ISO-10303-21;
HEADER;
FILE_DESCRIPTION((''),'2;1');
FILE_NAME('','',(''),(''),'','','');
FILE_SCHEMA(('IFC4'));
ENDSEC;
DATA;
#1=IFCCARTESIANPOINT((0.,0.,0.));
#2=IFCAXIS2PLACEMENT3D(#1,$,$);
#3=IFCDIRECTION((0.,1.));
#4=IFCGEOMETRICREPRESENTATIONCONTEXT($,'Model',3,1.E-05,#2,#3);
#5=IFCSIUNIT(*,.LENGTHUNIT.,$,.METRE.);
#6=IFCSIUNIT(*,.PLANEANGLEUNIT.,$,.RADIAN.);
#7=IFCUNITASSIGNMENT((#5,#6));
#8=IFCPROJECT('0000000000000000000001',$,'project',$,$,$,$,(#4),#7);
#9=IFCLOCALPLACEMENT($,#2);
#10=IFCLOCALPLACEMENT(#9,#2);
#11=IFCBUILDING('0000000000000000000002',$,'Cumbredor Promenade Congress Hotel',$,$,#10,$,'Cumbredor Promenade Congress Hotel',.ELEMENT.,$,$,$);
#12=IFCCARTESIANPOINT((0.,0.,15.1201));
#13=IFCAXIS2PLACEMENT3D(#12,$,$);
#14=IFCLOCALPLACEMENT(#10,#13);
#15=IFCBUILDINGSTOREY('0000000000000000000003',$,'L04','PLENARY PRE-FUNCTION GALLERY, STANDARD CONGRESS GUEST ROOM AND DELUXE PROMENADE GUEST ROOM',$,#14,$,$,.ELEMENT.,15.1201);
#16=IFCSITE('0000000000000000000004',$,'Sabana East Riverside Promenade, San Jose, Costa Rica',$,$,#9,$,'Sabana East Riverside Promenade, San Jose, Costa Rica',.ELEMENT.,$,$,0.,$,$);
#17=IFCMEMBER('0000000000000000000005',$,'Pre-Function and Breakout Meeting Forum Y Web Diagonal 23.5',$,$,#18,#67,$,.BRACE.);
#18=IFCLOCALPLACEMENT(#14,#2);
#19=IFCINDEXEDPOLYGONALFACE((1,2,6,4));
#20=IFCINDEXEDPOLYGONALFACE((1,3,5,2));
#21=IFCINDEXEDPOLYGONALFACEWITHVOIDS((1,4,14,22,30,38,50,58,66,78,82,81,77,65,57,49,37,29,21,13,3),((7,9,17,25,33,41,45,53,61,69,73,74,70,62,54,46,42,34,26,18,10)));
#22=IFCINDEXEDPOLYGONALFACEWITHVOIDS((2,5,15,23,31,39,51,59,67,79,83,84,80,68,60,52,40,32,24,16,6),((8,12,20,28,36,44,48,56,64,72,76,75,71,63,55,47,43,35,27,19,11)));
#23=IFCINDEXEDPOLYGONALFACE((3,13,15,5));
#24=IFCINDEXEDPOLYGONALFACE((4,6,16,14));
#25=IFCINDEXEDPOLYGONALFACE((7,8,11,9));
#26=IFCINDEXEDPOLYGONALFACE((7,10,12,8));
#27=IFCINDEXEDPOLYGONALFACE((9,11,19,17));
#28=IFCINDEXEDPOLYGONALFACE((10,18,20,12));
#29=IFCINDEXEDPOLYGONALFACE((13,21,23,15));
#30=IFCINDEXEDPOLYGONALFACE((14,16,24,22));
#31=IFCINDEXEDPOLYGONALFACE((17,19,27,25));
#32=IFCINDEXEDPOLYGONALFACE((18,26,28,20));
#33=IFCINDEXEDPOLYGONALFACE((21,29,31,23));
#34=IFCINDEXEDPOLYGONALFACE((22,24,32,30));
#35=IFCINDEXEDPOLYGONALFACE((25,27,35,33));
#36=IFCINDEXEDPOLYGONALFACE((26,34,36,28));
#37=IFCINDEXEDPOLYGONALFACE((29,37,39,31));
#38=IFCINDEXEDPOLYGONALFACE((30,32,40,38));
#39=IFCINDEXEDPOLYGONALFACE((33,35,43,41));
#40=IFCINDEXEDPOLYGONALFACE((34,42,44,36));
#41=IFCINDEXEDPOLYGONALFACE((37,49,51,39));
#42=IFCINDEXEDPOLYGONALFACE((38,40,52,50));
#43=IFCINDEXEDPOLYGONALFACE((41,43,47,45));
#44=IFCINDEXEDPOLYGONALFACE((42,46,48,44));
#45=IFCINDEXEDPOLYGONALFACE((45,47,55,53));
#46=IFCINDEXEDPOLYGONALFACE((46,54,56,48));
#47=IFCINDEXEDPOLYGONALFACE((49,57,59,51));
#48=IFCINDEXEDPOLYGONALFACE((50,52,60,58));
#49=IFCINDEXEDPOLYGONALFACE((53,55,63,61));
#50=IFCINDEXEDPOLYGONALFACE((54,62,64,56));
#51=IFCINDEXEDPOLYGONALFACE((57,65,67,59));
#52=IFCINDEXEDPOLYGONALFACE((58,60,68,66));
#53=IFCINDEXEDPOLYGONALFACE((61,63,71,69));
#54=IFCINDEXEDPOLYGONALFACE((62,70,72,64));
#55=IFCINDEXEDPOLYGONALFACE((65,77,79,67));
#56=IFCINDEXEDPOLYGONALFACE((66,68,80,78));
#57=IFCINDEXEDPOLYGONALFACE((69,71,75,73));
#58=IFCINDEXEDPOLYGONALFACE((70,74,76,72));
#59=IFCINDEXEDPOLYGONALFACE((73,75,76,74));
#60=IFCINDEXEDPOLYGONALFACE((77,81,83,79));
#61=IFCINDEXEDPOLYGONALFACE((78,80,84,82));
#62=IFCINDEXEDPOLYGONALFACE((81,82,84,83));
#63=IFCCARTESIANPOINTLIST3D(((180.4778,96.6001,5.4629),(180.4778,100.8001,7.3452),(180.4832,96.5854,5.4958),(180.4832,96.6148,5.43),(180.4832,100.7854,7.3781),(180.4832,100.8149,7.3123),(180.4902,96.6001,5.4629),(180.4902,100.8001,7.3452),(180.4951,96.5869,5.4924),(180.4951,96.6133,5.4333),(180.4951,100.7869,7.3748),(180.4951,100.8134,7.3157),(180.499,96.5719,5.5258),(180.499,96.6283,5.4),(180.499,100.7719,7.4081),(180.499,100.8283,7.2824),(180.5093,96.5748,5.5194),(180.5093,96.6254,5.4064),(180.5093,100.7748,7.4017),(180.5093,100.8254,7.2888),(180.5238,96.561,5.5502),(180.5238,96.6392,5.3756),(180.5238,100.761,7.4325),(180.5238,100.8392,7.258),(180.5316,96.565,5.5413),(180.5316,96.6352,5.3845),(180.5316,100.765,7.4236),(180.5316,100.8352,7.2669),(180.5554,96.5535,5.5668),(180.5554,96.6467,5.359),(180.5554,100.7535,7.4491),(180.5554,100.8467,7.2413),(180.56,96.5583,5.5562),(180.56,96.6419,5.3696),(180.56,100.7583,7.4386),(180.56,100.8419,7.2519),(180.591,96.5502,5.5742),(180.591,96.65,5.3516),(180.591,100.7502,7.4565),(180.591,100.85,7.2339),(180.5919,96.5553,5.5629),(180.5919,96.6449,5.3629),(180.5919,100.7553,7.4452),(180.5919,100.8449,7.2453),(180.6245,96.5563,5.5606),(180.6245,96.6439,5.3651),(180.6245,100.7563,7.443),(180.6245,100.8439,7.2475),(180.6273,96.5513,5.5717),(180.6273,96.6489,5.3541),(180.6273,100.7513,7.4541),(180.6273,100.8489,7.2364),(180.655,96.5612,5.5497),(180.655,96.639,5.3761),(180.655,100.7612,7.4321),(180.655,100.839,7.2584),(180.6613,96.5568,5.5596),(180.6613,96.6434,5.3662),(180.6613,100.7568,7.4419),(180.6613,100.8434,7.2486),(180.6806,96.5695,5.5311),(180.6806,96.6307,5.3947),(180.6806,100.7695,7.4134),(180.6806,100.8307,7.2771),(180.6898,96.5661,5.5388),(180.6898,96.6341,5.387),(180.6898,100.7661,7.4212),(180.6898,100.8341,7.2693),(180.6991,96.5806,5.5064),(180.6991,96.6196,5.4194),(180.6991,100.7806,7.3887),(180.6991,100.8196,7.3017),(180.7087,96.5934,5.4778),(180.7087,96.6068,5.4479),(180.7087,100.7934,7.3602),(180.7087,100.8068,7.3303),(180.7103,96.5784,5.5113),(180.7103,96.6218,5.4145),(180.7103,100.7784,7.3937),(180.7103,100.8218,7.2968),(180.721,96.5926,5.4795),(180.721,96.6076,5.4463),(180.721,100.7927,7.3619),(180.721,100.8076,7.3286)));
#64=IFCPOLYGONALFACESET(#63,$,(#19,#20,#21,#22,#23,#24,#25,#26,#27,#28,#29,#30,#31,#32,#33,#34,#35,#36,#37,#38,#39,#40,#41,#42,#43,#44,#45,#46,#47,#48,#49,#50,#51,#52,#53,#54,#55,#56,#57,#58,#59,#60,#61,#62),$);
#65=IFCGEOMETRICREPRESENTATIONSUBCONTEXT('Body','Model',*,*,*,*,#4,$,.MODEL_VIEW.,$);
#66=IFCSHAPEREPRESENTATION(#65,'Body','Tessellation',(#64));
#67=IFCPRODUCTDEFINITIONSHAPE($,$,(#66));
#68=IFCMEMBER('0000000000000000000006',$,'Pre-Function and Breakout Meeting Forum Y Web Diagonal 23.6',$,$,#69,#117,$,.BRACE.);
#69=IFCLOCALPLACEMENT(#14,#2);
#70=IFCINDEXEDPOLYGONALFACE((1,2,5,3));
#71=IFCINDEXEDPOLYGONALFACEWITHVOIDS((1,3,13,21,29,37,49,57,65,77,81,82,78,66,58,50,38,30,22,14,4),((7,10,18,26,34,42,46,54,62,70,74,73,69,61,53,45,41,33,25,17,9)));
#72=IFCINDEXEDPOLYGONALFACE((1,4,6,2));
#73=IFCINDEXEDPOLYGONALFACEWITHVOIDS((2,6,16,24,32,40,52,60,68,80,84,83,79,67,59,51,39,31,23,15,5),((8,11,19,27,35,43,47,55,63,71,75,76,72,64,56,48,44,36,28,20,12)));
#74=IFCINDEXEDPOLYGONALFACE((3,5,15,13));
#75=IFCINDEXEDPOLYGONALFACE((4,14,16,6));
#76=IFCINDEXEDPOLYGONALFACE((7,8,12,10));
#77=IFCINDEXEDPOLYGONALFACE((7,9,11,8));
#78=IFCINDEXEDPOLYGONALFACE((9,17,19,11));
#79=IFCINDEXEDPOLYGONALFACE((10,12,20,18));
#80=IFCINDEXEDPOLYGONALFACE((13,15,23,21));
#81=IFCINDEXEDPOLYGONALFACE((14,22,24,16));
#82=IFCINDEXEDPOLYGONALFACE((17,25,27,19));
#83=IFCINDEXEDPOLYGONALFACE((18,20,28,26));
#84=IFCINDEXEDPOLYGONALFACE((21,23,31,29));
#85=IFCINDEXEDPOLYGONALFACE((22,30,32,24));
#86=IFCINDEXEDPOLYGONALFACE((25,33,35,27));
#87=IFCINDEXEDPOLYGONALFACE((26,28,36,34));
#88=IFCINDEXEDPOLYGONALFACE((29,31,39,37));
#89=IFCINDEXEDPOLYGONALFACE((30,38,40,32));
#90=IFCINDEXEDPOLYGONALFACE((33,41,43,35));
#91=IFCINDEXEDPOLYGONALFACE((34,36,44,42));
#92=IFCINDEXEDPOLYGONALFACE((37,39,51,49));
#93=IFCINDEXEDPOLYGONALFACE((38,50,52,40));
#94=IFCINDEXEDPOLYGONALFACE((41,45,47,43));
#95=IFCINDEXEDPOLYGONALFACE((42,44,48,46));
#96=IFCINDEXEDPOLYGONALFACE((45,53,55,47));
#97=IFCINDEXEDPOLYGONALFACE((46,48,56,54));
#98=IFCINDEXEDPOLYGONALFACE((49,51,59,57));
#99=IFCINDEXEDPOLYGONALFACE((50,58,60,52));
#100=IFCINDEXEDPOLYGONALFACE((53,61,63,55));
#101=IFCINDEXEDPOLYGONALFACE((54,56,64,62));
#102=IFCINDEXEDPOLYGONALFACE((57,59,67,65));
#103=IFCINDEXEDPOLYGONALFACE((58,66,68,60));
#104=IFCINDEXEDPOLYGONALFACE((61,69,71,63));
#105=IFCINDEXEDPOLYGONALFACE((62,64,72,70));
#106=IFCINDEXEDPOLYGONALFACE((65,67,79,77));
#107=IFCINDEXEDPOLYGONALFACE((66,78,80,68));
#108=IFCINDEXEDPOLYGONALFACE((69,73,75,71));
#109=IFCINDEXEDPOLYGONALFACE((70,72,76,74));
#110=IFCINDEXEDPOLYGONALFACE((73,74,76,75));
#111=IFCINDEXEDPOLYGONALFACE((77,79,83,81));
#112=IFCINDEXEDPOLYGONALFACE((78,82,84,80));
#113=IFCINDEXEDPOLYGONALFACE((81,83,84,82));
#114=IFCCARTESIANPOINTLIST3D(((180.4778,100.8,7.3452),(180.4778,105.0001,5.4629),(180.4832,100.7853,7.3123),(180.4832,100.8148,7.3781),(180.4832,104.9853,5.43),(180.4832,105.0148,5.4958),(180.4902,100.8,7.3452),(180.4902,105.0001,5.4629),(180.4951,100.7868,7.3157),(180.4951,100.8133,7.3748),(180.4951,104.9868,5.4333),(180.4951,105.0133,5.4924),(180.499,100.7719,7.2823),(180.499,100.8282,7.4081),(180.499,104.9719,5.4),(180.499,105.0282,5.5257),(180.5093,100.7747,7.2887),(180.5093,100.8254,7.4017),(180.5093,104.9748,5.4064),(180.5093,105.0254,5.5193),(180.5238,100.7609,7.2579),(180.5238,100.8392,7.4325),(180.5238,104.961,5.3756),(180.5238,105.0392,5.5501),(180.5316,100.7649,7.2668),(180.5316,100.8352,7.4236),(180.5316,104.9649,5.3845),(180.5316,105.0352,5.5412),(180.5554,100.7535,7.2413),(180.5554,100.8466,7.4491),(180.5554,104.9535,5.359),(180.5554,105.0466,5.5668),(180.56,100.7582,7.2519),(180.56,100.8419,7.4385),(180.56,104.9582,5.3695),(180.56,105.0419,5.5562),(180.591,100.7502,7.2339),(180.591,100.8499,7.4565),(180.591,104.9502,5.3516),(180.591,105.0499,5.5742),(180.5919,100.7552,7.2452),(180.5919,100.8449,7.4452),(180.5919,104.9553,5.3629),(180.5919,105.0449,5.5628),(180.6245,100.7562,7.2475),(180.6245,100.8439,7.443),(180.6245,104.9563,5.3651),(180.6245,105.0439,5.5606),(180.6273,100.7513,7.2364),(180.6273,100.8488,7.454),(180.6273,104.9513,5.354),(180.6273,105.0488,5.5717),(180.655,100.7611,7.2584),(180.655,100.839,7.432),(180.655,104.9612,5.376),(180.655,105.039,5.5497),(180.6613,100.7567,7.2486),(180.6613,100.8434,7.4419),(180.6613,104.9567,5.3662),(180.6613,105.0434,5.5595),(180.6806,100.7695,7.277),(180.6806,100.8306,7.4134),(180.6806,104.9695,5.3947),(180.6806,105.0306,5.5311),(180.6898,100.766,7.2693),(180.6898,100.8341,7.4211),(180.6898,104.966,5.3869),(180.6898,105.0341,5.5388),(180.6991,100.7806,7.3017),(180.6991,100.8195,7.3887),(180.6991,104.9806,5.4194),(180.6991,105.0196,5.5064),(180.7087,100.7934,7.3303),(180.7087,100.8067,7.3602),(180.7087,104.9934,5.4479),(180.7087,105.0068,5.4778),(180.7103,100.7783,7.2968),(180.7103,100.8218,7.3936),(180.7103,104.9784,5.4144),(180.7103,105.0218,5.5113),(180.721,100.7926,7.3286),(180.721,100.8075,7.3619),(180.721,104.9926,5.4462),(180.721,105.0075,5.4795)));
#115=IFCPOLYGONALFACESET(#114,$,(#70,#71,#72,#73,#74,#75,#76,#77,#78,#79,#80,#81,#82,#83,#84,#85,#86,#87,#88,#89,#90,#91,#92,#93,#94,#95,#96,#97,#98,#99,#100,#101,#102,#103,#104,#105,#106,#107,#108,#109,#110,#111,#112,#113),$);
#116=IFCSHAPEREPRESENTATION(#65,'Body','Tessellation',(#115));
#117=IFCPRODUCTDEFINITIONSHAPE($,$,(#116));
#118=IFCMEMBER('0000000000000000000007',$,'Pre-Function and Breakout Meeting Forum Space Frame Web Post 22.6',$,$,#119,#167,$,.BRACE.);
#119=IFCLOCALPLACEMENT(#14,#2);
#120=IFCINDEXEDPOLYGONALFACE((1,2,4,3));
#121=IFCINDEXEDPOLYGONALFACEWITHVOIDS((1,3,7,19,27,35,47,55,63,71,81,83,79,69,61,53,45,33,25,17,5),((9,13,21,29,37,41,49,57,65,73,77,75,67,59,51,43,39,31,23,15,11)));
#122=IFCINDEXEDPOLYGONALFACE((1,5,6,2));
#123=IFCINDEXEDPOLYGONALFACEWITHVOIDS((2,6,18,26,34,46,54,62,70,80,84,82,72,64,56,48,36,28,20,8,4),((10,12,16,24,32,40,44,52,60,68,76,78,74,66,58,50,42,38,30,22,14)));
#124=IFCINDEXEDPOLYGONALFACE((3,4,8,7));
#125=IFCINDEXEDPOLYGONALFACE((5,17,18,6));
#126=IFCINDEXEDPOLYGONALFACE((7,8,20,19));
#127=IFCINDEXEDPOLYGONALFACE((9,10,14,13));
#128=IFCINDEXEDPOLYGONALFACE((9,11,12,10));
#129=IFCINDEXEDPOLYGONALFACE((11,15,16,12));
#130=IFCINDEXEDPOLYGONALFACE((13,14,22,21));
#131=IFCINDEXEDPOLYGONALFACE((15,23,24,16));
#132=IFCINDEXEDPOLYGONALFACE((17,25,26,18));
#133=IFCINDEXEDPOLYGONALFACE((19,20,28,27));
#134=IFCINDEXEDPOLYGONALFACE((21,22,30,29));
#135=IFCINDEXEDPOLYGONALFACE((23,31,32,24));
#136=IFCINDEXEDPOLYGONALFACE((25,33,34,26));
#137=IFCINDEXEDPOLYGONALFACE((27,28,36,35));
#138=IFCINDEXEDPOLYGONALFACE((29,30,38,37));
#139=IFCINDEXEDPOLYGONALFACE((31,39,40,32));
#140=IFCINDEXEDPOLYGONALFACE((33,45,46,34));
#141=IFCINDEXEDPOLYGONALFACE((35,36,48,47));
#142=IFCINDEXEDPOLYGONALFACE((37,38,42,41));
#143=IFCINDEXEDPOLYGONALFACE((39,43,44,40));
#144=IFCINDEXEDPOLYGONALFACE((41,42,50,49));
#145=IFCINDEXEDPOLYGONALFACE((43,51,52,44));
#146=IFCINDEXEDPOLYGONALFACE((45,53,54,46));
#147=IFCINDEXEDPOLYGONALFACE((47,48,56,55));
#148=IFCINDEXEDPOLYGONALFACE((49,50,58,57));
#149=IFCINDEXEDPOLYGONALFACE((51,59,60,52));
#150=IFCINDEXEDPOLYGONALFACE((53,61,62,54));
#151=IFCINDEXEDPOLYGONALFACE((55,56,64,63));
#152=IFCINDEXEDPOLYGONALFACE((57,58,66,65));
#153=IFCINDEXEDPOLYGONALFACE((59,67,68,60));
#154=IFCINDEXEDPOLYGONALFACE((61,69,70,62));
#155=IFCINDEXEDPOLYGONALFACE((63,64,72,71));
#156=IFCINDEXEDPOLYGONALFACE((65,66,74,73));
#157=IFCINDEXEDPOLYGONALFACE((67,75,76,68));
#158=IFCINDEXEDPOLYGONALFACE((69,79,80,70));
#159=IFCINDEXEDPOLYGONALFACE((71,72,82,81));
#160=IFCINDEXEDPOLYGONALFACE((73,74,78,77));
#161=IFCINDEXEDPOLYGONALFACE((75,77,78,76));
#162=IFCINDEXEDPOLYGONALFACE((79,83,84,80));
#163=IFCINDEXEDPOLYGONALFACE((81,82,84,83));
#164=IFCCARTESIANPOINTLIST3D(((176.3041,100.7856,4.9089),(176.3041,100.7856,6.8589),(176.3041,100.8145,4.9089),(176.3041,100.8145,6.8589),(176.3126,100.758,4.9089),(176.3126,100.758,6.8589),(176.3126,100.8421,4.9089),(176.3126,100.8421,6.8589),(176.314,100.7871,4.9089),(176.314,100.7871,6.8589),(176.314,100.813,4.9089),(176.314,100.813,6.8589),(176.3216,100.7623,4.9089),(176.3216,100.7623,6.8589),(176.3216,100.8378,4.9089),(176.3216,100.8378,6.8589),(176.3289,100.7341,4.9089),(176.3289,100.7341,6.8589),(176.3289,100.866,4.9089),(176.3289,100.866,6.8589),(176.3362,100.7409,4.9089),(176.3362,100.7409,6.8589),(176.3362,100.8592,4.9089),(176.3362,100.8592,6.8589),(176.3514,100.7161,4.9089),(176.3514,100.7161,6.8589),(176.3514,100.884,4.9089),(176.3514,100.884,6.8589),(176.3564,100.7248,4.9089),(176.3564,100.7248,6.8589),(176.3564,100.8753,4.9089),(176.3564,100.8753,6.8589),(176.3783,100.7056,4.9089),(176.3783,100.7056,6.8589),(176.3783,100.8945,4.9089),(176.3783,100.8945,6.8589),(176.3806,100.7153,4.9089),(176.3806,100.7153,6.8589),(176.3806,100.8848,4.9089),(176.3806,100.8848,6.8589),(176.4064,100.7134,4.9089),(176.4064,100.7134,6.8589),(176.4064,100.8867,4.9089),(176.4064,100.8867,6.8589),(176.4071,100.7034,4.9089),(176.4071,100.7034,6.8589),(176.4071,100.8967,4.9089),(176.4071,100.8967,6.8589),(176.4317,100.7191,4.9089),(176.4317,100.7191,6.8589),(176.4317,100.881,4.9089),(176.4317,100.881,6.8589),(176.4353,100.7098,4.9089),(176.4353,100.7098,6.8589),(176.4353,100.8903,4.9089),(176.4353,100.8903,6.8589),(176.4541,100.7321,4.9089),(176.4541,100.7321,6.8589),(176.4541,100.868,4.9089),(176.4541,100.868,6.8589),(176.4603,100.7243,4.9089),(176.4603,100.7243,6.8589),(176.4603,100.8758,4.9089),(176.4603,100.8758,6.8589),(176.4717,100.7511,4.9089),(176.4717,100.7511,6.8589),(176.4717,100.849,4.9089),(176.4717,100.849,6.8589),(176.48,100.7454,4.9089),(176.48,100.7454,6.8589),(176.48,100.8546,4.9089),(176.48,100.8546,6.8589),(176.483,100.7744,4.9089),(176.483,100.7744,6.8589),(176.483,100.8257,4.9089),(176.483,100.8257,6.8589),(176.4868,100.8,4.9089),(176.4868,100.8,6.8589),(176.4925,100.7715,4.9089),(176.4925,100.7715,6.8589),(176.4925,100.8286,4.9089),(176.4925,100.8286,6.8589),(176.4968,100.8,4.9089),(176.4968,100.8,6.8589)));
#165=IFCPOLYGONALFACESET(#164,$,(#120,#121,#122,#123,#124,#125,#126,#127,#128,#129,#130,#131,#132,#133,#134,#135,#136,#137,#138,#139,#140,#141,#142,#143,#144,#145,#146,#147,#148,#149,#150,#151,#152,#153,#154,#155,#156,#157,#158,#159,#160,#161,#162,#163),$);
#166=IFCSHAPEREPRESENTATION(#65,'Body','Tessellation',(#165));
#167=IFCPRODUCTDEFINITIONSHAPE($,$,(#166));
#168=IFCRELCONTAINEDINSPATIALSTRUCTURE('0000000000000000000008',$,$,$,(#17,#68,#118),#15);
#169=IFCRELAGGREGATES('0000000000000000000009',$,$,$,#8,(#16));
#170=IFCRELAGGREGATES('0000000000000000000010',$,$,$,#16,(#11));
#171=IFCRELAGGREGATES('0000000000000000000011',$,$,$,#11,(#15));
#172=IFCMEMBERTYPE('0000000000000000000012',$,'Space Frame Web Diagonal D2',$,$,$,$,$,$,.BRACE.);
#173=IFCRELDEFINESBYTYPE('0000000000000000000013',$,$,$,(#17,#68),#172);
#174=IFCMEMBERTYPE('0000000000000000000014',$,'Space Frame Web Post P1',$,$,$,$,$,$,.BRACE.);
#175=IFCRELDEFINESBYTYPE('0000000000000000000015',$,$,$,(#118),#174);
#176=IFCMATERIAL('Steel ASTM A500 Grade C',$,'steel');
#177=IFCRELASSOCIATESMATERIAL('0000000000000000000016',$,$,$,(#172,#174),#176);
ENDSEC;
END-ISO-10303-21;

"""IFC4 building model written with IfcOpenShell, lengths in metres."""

from ifc_helpers import new_model, si_unit, direction, frame, origin, origin_2d, place, context, subcontext, project, spatial, hollow_circle, extrude, material, material_profile, profile_set, type_object, element, save


model = new_model("IFC4")

# Units and contexts
model_context = context("Model", 3, precision=1e-05, world=origin(), true_north=direction((0.0, 1.0)))
body_context = subcontext(model_context, "Body", "Model", "MODEL_VIEW")
ifc_project = project(units=[si_unit("LENGTHUNIT", "METRE"), si_unit("PLANEANGLEUNIT", "RADIAN")], contexts=[model_context])

# Site, building, storey
site_placement = place(None, origin())
site = spatial("IfcSite", under=ifc_project, at=site_placement, Name="Sabana East Riverside Promenade, San Jose, Costa Rica", LongName="Sabana East Riverside Promenade, San Jose, Costa Rica", CompositionType="ELEMENT", RefElevation=0.0)
building_placement = place(site_placement, origin())
building = spatial("IfcBuilding", under=site, at=building_placement, Name="Cumbredor Promenade Congress Hotel", LongName="Cumbredor Promenade Congress Hotel", CompositionType="ELEMENT")
storey_placement = place(building_placement, frame((0.0, 0.0, 15.1201)))
storey = spatial("IfcBuildingStorey", under=building, at=storey_placement, Name="L04", Description="PLENARY PRE-FUNCTION GALLERY, STANDARD CONGRESS GUEST ROOM AND DELUXE PROMENADE GUEST ROOM", CompositionType="ELEMENT", Elevation=15.1201)

# Members
ifc_material_1 = material(Name="Steel ASTM A500 Grade C", Category="steel")
ifc_material_profile_1 = material_profile(ifc_material_1, hollow_circle(Radius=0.1223, WallThickness=0.0125, at=origin_2d()), Name="CHS 244.5x12.5")
ifc_profile_set_1 = profile_set([ifc_material_profile_1], Name="Steel ASTM A500 Grade C")
member_type_1 = type_object("IfcMemberType", Name="Space Frame Web Diagonal D2", PredefinedType="BRACE", material=ifc_profile_set_1)
for number, where, z_axis, x_axis, name in (
    (1, (180.6001, 96.6001, 5.4629), (0.0, 0.912543, 0.408981), (-1.0, 0.0, 0.0), "Pre-Function and Breakout Meeting Forum Y Web Diagonal 23.5"),
    (2, (180.6001, 100.8, 7.3452), (0.0, 0.912543, -0.408981), (-1.0, 0.0, 0.0), "Pre-Function and Breakout Meeting Forum Y Web Diagonal 23.6"),
):
    element("IfcMember", number, at=place(storey_placement, frame(where, z_axis=z_axis, x_axis=x_axis)), inside=storey, type_object=member_type_1, Name=name, PredefinedType="BRACE", context=body_context, shape_type="SweptSolid", body=[
        extrude(hollow_circle(Radius=0.1223, WallThickness=0.0125, at=origin_2d()), origin(), (0.0, 0.0, 1.0), 4.6025),
    ])
ifc_material_profile_2 = material_profile(ifc_material_1, hollow_circle(Radius=0.0969, WallThickness=0.01, at=origin_2d()), Name="CHS 193.7x10")
ifc_profile_set_2 = profile_set([ifc_material_profile_2], Name="Steel ASTM A500 Grade C")
member_type_2 = type_object("IfcMemberType", Name="Space Frame Web Post P1", PredefinedType="BRACE", material=ifc_profile_set_2)
for number, where, z_axis, x_axis, name in (
    (3, (176.3999, 100.8, 4.9089), (0.0, 0.0, 1.0), (1.0, 0.0, 0.0), "Pre-Function and Breakout Meeting Forum Space Frame Web Post 22.6"),
):
    element("IfcMember", number, at=place(storey_placement, frame(where, z_axis=z_axis, x_axis=x_axis)), inside=storey, type_object=member_type_2, Name=name, PredefinedType="BRACE", context=body_context, shape_type="SweptSolid", body=[
        extrude(hollow_circle(Radius=0.0969, WallThickness=0.01, at=origin_2d()), origin(), (0.0, 0.0, 1.0), 1.95),
    ])

save(model, "model.ifc")
